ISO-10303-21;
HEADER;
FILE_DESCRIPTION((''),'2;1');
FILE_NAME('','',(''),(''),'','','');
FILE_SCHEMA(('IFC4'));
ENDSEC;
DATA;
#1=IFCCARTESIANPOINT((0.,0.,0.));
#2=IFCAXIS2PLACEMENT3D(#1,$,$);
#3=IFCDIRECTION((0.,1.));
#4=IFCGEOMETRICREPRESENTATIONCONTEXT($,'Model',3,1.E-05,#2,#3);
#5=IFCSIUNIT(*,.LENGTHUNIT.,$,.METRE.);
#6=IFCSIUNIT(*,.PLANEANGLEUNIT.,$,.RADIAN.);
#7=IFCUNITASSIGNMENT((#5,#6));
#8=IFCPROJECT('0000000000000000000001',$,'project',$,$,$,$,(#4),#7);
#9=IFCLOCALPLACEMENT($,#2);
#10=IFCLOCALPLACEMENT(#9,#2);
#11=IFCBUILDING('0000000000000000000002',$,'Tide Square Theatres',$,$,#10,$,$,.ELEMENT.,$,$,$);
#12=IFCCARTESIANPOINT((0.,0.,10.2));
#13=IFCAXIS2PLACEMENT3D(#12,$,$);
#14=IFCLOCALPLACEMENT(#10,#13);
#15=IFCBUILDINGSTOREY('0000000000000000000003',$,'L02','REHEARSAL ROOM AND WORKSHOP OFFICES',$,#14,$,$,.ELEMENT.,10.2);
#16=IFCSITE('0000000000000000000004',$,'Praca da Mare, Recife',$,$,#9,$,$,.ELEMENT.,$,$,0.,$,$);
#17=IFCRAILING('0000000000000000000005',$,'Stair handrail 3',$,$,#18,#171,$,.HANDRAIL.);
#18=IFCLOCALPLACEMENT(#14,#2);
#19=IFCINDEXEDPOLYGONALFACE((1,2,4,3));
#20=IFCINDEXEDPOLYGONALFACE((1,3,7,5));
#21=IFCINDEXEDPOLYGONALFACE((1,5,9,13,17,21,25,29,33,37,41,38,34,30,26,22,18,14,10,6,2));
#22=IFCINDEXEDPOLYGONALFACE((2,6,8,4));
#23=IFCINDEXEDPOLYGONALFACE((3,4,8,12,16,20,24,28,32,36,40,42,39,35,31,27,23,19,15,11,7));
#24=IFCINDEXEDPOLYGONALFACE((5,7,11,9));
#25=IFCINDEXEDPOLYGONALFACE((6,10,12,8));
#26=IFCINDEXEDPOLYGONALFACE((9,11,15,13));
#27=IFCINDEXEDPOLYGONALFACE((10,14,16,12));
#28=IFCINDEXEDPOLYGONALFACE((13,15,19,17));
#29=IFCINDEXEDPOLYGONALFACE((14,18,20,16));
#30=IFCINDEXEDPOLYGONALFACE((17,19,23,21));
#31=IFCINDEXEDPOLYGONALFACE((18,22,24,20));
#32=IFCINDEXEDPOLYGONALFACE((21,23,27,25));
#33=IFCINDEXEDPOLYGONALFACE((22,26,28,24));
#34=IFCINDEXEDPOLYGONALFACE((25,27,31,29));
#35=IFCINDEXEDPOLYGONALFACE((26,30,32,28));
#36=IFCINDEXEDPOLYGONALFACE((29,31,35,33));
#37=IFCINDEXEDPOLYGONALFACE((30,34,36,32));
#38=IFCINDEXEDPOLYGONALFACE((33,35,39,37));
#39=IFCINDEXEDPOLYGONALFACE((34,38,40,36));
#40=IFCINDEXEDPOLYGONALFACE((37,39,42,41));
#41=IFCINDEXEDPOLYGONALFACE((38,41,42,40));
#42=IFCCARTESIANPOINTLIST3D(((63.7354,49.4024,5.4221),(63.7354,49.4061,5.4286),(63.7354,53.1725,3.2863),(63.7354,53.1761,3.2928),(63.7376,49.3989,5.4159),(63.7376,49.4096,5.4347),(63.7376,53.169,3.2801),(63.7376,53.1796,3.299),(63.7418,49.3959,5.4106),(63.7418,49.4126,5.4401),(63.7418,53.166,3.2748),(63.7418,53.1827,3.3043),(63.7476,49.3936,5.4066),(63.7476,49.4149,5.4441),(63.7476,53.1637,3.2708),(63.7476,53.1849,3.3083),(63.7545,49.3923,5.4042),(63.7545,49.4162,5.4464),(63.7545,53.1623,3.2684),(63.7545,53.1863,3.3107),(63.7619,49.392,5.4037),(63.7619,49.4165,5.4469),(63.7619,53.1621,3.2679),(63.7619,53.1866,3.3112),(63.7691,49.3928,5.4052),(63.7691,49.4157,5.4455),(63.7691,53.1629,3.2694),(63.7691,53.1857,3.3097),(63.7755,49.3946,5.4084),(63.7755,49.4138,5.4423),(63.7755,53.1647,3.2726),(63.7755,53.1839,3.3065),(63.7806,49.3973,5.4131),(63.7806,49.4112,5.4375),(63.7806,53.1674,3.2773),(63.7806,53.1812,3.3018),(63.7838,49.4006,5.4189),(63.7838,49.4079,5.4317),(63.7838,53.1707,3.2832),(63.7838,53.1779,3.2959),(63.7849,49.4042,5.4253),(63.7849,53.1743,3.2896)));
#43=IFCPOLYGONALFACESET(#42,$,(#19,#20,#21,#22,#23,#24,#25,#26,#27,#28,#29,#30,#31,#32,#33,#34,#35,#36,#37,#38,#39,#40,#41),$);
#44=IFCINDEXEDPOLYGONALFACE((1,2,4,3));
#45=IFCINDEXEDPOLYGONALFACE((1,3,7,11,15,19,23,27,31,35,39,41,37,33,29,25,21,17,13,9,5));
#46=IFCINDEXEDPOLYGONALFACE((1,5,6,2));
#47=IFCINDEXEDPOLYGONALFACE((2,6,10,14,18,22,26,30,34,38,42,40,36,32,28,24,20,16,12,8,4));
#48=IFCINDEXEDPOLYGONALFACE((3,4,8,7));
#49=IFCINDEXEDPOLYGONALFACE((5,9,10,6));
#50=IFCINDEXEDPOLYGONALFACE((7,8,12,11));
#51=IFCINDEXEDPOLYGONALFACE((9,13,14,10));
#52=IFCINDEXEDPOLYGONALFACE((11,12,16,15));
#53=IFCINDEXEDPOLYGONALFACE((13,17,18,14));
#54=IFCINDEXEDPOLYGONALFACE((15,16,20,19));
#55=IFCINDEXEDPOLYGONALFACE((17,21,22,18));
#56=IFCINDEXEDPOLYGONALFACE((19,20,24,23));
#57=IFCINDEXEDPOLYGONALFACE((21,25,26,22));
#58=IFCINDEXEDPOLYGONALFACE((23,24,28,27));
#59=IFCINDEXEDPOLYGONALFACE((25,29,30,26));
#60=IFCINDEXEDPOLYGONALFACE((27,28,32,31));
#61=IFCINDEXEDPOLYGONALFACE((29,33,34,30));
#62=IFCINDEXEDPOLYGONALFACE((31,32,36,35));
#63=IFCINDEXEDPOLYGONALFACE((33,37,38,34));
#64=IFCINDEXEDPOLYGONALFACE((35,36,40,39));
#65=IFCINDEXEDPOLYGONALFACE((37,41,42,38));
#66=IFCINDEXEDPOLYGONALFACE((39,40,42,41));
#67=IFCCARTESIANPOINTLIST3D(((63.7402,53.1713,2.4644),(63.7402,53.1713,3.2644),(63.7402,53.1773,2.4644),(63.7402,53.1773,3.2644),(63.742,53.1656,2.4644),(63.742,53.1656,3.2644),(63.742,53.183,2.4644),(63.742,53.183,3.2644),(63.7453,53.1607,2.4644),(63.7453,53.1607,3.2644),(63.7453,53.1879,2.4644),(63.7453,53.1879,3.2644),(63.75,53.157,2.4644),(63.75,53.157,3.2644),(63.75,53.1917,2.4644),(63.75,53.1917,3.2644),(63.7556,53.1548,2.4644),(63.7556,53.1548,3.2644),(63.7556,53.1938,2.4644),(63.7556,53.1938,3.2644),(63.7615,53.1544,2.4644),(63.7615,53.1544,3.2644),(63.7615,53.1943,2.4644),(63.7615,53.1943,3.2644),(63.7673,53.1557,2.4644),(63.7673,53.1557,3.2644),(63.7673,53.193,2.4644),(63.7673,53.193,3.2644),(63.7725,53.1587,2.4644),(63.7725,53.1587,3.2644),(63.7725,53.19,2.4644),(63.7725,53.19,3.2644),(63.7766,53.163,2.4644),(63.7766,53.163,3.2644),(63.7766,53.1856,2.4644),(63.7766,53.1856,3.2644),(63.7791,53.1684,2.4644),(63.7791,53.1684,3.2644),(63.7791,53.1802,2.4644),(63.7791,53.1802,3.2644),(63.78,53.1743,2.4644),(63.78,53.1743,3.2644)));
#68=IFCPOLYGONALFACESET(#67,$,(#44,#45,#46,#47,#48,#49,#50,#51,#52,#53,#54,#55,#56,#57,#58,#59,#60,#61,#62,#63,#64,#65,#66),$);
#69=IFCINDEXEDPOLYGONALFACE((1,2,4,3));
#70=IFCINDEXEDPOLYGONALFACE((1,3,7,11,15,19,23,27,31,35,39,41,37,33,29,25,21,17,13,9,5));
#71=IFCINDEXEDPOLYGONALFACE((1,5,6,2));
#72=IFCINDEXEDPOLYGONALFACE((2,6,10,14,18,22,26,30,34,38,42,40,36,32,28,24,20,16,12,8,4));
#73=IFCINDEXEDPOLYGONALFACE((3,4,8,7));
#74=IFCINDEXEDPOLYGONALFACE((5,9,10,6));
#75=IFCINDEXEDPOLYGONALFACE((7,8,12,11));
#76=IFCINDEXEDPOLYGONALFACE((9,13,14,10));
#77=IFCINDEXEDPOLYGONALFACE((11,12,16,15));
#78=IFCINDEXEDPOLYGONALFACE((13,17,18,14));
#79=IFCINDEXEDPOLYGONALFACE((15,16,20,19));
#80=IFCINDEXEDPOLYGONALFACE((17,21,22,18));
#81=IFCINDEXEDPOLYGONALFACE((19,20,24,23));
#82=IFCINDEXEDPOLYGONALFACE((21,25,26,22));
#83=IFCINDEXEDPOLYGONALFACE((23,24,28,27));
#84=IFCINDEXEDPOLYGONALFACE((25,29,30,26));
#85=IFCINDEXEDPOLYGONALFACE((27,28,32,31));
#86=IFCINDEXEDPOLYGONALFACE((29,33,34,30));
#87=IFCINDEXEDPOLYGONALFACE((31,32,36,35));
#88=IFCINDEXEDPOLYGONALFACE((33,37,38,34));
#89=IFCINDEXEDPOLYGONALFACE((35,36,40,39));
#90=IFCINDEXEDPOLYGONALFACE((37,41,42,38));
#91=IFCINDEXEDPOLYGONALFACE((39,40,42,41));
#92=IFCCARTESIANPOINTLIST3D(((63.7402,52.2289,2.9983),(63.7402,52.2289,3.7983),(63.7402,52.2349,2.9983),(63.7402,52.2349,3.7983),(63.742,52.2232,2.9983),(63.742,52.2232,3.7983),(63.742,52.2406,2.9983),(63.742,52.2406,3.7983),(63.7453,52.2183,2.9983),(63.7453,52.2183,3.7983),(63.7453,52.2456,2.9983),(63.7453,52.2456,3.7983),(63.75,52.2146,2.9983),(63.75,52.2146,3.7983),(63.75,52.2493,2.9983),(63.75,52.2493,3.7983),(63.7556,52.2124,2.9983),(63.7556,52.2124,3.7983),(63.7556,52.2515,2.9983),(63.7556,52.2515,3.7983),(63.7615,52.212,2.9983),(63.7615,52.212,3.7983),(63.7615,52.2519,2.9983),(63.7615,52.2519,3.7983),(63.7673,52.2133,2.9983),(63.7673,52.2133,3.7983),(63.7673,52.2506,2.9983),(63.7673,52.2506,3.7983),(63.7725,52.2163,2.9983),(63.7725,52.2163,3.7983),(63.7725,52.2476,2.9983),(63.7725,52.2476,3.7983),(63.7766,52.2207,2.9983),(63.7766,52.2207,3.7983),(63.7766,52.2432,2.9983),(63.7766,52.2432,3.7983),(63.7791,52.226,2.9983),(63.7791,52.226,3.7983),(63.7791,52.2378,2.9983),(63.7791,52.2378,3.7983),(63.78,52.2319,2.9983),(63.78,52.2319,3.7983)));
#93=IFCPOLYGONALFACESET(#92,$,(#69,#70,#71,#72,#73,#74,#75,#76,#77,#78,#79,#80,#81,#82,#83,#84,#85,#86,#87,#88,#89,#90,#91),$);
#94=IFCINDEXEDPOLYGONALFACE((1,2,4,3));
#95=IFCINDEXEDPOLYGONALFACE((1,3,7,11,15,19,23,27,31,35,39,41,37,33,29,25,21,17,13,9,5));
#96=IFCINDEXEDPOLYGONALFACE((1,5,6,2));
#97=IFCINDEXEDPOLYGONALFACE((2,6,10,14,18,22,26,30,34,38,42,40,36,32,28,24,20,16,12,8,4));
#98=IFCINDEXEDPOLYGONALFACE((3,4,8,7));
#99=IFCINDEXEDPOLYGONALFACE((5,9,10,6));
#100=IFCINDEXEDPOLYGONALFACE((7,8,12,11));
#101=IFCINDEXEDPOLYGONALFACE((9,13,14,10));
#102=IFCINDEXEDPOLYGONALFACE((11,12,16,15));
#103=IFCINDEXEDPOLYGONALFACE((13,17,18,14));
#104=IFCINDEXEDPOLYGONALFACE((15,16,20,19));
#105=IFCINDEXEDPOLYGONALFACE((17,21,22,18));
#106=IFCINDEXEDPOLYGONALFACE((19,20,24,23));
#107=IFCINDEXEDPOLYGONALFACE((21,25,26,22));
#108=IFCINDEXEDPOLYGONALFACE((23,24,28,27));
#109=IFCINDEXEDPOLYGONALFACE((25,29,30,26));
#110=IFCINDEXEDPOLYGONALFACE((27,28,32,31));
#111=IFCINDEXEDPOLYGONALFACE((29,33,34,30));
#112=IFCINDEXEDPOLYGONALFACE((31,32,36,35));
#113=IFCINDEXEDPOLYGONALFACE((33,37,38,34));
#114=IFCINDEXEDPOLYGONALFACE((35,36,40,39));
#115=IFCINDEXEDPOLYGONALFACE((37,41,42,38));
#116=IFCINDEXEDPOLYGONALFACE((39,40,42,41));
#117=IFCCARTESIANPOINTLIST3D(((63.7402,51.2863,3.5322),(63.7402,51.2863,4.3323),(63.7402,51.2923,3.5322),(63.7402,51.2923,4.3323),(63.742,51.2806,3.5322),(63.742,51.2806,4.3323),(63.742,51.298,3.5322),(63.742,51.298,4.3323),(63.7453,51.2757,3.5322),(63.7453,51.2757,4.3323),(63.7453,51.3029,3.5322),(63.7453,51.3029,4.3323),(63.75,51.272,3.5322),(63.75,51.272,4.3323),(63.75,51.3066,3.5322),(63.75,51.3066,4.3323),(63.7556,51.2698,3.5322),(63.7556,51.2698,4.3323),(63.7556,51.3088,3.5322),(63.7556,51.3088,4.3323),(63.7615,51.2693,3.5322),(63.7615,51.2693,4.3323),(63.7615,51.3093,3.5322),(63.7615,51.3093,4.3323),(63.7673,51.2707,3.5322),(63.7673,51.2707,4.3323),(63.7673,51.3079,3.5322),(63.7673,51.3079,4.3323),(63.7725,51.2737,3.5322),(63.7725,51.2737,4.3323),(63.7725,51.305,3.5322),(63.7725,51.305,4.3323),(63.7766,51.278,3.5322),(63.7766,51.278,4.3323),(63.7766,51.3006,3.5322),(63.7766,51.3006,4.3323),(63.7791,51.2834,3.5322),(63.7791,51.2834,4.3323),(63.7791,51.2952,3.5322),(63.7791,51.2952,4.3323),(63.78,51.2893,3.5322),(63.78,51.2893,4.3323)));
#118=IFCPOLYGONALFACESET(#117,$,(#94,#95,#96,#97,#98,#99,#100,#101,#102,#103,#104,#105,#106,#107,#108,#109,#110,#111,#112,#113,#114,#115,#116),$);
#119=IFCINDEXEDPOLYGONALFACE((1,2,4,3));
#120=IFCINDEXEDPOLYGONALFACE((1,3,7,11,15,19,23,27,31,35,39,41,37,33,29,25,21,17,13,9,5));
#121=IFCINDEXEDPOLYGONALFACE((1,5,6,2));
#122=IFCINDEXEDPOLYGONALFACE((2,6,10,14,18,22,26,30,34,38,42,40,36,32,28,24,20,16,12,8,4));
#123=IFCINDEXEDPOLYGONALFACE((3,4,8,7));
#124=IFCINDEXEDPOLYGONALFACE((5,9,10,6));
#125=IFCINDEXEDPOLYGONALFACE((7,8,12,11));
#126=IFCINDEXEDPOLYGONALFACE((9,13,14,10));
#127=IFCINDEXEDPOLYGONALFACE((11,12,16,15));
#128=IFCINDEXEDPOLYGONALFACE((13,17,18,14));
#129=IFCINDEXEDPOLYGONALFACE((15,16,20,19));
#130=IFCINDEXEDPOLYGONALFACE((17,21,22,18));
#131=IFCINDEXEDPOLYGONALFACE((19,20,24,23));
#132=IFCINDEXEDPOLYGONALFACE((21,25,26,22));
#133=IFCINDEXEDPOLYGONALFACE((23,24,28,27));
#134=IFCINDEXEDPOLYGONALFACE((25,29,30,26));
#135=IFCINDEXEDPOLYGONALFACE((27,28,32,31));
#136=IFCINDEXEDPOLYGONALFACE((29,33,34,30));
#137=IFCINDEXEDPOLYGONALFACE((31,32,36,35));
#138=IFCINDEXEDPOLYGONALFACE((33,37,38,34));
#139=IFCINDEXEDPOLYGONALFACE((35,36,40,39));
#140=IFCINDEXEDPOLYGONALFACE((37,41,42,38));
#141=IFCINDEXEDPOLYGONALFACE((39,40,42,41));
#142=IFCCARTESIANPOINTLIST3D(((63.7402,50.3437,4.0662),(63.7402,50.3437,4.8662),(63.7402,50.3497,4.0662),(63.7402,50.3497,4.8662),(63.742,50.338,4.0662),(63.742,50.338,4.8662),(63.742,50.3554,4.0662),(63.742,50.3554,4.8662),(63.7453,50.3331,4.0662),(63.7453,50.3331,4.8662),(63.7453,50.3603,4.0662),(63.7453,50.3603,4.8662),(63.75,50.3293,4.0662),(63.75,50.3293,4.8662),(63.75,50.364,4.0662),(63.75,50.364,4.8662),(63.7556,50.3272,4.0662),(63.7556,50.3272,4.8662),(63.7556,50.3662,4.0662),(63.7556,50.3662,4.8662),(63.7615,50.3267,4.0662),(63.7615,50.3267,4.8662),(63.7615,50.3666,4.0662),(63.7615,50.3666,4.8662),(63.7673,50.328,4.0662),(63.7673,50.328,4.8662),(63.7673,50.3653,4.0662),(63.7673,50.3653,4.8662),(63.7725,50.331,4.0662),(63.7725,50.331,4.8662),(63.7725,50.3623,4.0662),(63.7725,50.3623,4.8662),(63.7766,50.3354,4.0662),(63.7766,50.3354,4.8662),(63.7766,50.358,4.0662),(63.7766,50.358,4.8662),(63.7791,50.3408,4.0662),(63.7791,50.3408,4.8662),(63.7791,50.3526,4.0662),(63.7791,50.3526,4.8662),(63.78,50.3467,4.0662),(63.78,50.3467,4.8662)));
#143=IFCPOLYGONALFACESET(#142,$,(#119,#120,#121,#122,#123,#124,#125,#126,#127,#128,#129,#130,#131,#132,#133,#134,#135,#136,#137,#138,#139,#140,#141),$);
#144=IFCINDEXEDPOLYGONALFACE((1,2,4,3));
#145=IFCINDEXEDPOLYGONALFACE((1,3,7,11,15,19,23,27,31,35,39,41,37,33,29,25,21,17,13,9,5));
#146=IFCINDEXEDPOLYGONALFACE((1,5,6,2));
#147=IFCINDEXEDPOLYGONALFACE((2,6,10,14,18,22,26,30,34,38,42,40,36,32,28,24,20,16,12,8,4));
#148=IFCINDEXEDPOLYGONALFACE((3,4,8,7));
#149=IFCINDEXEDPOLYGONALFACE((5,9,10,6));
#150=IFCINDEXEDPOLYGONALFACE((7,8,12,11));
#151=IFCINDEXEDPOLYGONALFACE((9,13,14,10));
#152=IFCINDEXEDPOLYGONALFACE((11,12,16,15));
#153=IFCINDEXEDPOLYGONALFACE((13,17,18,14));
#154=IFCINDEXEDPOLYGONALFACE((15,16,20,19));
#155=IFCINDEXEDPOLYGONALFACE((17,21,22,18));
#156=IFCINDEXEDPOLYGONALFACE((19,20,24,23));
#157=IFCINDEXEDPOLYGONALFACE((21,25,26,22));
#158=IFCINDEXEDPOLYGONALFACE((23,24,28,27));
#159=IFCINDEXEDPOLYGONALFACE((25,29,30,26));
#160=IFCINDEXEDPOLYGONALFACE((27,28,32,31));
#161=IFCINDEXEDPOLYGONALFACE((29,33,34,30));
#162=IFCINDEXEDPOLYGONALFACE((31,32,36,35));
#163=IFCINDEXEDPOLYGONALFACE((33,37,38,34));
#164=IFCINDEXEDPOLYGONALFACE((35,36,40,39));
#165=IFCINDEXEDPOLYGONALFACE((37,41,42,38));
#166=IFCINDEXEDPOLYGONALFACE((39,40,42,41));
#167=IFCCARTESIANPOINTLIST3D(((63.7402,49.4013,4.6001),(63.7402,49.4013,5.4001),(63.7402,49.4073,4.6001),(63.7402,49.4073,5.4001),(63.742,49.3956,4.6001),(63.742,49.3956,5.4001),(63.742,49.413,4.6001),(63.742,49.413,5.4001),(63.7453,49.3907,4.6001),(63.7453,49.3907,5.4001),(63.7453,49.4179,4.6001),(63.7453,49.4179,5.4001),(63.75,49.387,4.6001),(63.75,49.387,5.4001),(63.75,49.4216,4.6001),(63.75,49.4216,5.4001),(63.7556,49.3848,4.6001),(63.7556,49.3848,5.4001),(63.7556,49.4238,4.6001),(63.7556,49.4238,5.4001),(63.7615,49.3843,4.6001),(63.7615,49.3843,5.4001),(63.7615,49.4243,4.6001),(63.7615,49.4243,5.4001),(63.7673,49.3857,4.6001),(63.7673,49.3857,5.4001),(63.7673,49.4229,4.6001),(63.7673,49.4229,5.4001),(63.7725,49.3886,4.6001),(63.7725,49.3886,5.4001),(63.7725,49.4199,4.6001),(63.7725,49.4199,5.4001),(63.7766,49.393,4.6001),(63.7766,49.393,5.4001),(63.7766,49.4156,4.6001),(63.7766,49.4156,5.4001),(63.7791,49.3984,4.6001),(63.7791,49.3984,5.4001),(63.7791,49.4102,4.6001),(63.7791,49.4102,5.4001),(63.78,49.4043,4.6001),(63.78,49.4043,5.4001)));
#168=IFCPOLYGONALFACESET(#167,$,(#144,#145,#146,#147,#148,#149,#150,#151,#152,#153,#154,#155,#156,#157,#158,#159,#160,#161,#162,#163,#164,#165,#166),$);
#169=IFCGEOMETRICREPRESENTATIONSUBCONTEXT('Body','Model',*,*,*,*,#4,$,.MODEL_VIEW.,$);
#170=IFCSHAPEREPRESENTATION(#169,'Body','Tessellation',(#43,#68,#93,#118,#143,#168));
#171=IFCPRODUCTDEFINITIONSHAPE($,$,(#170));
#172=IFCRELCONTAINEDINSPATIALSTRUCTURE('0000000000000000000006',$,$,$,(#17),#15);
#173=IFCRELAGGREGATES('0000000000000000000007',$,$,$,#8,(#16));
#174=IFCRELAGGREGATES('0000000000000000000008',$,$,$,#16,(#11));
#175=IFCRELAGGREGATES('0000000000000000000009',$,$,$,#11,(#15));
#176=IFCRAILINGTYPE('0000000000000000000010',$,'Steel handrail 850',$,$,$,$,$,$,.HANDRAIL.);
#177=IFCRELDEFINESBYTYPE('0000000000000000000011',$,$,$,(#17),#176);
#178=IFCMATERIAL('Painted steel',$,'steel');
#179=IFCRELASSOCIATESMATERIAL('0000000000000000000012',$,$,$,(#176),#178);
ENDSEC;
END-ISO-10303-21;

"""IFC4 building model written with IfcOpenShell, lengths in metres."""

from ifc_helpers import new_model, si_unit, direction, frame, origin, origin_2d, place, context, subcontext, project, spatial, circle, extrude, material, type_object, element, save


model = new_model("IFC4")

# Units and contexts
model_context = context("Model", 3, precision=1e-05, world=origin(), true_north=direction((0.0, 1.0)))
body_context = subcontext(model_context, "Body", "Model", "MODEL_VIEW")
ifc_project = project(units=[si_unit("LENGTHUNIT", "METRE"), si_unit("PLANEANGLEUNIT", "RADIAN")], contexts=[model_context])

# Site, building, storey
site_placement = place(None, origin())
site = spatial("IfcSite", under=ifc_project, at=site_placement, Name="Praca da Mare, Recife", CompositionType="ELEMENT", RefElevation=0.0)
building_placement = place(site_placement, origin())
building = spatial("IfcBuilding", under=site, at=building_placement, Name="Tide Square Theatres", CompositionType="ELEMENT")
storey_placement = place(building_placement, frame((0.0, 0.0, 10.2)))
storey = spatial("IfcBuildingStorey", under=building, at=storey_placement, Name="L02", Description="REHEARSAL ROOM AND WORKSHOP OFFICES", CompositionType="ELEMENT", Elevation=10.2)

# Railing
ifc_material_1 = material(Name="Painted steel", Category="steel")
railing_type = type_object("IfcRailingType", Name="Steel handrail 850", PredefinedType="HANDRAIL", material=ifc_material_1)
for number, where, name in (
    (1, (63.76, 53.1743, 2.4644), "Stair handrail 3"),
):
    element("IfcRailing", number, at=place(storey_placement, frame(where)), inside=storey, type_object=railing_type, Name=name, PredefinedType="HANDRAIL", context=body_context, shape_type="SweptSolid", body=[
        extrude(circle(Radius=0.0249, at=origin_2d()), frame((0.0, 0.0, 0.8252), z_axis=(0.0, -0.870082, 0.492907), x_axis=(1.0, 0.0, 0.0)), (0.0, 0.0, 1.0), 4.333),
        extrude(circle(Radius=0.02, at=origin_2d()), origin(), (0.0, 0.0, 1.0), 0.8),
        extrude(circle(Radius=0.02, at=origin_2d()), frame((0.0, -0.9424, 0.5339)), (0.0, 0.0, 1.0), 0.8),
        extrude(circle(Radius=0.02, at=origin_2d()), frame((0.0, -1.885, 1.0679)), (0.0, 0.0, 1.0), 0.8),
        extrude(circle(Radius=0.02, at=origin_2d()), frame((0.0, -2.8276, 1.6018)), (0.0, 0.0, 1.0), 0.8),
        extrude(circle(Radius=0.02, at=origin_2d()), frame((0.0, -3.77, 2.1357)), (0.0, 0.0, 1.0), 0.8),
    ])

save(model, "model.ifc")
